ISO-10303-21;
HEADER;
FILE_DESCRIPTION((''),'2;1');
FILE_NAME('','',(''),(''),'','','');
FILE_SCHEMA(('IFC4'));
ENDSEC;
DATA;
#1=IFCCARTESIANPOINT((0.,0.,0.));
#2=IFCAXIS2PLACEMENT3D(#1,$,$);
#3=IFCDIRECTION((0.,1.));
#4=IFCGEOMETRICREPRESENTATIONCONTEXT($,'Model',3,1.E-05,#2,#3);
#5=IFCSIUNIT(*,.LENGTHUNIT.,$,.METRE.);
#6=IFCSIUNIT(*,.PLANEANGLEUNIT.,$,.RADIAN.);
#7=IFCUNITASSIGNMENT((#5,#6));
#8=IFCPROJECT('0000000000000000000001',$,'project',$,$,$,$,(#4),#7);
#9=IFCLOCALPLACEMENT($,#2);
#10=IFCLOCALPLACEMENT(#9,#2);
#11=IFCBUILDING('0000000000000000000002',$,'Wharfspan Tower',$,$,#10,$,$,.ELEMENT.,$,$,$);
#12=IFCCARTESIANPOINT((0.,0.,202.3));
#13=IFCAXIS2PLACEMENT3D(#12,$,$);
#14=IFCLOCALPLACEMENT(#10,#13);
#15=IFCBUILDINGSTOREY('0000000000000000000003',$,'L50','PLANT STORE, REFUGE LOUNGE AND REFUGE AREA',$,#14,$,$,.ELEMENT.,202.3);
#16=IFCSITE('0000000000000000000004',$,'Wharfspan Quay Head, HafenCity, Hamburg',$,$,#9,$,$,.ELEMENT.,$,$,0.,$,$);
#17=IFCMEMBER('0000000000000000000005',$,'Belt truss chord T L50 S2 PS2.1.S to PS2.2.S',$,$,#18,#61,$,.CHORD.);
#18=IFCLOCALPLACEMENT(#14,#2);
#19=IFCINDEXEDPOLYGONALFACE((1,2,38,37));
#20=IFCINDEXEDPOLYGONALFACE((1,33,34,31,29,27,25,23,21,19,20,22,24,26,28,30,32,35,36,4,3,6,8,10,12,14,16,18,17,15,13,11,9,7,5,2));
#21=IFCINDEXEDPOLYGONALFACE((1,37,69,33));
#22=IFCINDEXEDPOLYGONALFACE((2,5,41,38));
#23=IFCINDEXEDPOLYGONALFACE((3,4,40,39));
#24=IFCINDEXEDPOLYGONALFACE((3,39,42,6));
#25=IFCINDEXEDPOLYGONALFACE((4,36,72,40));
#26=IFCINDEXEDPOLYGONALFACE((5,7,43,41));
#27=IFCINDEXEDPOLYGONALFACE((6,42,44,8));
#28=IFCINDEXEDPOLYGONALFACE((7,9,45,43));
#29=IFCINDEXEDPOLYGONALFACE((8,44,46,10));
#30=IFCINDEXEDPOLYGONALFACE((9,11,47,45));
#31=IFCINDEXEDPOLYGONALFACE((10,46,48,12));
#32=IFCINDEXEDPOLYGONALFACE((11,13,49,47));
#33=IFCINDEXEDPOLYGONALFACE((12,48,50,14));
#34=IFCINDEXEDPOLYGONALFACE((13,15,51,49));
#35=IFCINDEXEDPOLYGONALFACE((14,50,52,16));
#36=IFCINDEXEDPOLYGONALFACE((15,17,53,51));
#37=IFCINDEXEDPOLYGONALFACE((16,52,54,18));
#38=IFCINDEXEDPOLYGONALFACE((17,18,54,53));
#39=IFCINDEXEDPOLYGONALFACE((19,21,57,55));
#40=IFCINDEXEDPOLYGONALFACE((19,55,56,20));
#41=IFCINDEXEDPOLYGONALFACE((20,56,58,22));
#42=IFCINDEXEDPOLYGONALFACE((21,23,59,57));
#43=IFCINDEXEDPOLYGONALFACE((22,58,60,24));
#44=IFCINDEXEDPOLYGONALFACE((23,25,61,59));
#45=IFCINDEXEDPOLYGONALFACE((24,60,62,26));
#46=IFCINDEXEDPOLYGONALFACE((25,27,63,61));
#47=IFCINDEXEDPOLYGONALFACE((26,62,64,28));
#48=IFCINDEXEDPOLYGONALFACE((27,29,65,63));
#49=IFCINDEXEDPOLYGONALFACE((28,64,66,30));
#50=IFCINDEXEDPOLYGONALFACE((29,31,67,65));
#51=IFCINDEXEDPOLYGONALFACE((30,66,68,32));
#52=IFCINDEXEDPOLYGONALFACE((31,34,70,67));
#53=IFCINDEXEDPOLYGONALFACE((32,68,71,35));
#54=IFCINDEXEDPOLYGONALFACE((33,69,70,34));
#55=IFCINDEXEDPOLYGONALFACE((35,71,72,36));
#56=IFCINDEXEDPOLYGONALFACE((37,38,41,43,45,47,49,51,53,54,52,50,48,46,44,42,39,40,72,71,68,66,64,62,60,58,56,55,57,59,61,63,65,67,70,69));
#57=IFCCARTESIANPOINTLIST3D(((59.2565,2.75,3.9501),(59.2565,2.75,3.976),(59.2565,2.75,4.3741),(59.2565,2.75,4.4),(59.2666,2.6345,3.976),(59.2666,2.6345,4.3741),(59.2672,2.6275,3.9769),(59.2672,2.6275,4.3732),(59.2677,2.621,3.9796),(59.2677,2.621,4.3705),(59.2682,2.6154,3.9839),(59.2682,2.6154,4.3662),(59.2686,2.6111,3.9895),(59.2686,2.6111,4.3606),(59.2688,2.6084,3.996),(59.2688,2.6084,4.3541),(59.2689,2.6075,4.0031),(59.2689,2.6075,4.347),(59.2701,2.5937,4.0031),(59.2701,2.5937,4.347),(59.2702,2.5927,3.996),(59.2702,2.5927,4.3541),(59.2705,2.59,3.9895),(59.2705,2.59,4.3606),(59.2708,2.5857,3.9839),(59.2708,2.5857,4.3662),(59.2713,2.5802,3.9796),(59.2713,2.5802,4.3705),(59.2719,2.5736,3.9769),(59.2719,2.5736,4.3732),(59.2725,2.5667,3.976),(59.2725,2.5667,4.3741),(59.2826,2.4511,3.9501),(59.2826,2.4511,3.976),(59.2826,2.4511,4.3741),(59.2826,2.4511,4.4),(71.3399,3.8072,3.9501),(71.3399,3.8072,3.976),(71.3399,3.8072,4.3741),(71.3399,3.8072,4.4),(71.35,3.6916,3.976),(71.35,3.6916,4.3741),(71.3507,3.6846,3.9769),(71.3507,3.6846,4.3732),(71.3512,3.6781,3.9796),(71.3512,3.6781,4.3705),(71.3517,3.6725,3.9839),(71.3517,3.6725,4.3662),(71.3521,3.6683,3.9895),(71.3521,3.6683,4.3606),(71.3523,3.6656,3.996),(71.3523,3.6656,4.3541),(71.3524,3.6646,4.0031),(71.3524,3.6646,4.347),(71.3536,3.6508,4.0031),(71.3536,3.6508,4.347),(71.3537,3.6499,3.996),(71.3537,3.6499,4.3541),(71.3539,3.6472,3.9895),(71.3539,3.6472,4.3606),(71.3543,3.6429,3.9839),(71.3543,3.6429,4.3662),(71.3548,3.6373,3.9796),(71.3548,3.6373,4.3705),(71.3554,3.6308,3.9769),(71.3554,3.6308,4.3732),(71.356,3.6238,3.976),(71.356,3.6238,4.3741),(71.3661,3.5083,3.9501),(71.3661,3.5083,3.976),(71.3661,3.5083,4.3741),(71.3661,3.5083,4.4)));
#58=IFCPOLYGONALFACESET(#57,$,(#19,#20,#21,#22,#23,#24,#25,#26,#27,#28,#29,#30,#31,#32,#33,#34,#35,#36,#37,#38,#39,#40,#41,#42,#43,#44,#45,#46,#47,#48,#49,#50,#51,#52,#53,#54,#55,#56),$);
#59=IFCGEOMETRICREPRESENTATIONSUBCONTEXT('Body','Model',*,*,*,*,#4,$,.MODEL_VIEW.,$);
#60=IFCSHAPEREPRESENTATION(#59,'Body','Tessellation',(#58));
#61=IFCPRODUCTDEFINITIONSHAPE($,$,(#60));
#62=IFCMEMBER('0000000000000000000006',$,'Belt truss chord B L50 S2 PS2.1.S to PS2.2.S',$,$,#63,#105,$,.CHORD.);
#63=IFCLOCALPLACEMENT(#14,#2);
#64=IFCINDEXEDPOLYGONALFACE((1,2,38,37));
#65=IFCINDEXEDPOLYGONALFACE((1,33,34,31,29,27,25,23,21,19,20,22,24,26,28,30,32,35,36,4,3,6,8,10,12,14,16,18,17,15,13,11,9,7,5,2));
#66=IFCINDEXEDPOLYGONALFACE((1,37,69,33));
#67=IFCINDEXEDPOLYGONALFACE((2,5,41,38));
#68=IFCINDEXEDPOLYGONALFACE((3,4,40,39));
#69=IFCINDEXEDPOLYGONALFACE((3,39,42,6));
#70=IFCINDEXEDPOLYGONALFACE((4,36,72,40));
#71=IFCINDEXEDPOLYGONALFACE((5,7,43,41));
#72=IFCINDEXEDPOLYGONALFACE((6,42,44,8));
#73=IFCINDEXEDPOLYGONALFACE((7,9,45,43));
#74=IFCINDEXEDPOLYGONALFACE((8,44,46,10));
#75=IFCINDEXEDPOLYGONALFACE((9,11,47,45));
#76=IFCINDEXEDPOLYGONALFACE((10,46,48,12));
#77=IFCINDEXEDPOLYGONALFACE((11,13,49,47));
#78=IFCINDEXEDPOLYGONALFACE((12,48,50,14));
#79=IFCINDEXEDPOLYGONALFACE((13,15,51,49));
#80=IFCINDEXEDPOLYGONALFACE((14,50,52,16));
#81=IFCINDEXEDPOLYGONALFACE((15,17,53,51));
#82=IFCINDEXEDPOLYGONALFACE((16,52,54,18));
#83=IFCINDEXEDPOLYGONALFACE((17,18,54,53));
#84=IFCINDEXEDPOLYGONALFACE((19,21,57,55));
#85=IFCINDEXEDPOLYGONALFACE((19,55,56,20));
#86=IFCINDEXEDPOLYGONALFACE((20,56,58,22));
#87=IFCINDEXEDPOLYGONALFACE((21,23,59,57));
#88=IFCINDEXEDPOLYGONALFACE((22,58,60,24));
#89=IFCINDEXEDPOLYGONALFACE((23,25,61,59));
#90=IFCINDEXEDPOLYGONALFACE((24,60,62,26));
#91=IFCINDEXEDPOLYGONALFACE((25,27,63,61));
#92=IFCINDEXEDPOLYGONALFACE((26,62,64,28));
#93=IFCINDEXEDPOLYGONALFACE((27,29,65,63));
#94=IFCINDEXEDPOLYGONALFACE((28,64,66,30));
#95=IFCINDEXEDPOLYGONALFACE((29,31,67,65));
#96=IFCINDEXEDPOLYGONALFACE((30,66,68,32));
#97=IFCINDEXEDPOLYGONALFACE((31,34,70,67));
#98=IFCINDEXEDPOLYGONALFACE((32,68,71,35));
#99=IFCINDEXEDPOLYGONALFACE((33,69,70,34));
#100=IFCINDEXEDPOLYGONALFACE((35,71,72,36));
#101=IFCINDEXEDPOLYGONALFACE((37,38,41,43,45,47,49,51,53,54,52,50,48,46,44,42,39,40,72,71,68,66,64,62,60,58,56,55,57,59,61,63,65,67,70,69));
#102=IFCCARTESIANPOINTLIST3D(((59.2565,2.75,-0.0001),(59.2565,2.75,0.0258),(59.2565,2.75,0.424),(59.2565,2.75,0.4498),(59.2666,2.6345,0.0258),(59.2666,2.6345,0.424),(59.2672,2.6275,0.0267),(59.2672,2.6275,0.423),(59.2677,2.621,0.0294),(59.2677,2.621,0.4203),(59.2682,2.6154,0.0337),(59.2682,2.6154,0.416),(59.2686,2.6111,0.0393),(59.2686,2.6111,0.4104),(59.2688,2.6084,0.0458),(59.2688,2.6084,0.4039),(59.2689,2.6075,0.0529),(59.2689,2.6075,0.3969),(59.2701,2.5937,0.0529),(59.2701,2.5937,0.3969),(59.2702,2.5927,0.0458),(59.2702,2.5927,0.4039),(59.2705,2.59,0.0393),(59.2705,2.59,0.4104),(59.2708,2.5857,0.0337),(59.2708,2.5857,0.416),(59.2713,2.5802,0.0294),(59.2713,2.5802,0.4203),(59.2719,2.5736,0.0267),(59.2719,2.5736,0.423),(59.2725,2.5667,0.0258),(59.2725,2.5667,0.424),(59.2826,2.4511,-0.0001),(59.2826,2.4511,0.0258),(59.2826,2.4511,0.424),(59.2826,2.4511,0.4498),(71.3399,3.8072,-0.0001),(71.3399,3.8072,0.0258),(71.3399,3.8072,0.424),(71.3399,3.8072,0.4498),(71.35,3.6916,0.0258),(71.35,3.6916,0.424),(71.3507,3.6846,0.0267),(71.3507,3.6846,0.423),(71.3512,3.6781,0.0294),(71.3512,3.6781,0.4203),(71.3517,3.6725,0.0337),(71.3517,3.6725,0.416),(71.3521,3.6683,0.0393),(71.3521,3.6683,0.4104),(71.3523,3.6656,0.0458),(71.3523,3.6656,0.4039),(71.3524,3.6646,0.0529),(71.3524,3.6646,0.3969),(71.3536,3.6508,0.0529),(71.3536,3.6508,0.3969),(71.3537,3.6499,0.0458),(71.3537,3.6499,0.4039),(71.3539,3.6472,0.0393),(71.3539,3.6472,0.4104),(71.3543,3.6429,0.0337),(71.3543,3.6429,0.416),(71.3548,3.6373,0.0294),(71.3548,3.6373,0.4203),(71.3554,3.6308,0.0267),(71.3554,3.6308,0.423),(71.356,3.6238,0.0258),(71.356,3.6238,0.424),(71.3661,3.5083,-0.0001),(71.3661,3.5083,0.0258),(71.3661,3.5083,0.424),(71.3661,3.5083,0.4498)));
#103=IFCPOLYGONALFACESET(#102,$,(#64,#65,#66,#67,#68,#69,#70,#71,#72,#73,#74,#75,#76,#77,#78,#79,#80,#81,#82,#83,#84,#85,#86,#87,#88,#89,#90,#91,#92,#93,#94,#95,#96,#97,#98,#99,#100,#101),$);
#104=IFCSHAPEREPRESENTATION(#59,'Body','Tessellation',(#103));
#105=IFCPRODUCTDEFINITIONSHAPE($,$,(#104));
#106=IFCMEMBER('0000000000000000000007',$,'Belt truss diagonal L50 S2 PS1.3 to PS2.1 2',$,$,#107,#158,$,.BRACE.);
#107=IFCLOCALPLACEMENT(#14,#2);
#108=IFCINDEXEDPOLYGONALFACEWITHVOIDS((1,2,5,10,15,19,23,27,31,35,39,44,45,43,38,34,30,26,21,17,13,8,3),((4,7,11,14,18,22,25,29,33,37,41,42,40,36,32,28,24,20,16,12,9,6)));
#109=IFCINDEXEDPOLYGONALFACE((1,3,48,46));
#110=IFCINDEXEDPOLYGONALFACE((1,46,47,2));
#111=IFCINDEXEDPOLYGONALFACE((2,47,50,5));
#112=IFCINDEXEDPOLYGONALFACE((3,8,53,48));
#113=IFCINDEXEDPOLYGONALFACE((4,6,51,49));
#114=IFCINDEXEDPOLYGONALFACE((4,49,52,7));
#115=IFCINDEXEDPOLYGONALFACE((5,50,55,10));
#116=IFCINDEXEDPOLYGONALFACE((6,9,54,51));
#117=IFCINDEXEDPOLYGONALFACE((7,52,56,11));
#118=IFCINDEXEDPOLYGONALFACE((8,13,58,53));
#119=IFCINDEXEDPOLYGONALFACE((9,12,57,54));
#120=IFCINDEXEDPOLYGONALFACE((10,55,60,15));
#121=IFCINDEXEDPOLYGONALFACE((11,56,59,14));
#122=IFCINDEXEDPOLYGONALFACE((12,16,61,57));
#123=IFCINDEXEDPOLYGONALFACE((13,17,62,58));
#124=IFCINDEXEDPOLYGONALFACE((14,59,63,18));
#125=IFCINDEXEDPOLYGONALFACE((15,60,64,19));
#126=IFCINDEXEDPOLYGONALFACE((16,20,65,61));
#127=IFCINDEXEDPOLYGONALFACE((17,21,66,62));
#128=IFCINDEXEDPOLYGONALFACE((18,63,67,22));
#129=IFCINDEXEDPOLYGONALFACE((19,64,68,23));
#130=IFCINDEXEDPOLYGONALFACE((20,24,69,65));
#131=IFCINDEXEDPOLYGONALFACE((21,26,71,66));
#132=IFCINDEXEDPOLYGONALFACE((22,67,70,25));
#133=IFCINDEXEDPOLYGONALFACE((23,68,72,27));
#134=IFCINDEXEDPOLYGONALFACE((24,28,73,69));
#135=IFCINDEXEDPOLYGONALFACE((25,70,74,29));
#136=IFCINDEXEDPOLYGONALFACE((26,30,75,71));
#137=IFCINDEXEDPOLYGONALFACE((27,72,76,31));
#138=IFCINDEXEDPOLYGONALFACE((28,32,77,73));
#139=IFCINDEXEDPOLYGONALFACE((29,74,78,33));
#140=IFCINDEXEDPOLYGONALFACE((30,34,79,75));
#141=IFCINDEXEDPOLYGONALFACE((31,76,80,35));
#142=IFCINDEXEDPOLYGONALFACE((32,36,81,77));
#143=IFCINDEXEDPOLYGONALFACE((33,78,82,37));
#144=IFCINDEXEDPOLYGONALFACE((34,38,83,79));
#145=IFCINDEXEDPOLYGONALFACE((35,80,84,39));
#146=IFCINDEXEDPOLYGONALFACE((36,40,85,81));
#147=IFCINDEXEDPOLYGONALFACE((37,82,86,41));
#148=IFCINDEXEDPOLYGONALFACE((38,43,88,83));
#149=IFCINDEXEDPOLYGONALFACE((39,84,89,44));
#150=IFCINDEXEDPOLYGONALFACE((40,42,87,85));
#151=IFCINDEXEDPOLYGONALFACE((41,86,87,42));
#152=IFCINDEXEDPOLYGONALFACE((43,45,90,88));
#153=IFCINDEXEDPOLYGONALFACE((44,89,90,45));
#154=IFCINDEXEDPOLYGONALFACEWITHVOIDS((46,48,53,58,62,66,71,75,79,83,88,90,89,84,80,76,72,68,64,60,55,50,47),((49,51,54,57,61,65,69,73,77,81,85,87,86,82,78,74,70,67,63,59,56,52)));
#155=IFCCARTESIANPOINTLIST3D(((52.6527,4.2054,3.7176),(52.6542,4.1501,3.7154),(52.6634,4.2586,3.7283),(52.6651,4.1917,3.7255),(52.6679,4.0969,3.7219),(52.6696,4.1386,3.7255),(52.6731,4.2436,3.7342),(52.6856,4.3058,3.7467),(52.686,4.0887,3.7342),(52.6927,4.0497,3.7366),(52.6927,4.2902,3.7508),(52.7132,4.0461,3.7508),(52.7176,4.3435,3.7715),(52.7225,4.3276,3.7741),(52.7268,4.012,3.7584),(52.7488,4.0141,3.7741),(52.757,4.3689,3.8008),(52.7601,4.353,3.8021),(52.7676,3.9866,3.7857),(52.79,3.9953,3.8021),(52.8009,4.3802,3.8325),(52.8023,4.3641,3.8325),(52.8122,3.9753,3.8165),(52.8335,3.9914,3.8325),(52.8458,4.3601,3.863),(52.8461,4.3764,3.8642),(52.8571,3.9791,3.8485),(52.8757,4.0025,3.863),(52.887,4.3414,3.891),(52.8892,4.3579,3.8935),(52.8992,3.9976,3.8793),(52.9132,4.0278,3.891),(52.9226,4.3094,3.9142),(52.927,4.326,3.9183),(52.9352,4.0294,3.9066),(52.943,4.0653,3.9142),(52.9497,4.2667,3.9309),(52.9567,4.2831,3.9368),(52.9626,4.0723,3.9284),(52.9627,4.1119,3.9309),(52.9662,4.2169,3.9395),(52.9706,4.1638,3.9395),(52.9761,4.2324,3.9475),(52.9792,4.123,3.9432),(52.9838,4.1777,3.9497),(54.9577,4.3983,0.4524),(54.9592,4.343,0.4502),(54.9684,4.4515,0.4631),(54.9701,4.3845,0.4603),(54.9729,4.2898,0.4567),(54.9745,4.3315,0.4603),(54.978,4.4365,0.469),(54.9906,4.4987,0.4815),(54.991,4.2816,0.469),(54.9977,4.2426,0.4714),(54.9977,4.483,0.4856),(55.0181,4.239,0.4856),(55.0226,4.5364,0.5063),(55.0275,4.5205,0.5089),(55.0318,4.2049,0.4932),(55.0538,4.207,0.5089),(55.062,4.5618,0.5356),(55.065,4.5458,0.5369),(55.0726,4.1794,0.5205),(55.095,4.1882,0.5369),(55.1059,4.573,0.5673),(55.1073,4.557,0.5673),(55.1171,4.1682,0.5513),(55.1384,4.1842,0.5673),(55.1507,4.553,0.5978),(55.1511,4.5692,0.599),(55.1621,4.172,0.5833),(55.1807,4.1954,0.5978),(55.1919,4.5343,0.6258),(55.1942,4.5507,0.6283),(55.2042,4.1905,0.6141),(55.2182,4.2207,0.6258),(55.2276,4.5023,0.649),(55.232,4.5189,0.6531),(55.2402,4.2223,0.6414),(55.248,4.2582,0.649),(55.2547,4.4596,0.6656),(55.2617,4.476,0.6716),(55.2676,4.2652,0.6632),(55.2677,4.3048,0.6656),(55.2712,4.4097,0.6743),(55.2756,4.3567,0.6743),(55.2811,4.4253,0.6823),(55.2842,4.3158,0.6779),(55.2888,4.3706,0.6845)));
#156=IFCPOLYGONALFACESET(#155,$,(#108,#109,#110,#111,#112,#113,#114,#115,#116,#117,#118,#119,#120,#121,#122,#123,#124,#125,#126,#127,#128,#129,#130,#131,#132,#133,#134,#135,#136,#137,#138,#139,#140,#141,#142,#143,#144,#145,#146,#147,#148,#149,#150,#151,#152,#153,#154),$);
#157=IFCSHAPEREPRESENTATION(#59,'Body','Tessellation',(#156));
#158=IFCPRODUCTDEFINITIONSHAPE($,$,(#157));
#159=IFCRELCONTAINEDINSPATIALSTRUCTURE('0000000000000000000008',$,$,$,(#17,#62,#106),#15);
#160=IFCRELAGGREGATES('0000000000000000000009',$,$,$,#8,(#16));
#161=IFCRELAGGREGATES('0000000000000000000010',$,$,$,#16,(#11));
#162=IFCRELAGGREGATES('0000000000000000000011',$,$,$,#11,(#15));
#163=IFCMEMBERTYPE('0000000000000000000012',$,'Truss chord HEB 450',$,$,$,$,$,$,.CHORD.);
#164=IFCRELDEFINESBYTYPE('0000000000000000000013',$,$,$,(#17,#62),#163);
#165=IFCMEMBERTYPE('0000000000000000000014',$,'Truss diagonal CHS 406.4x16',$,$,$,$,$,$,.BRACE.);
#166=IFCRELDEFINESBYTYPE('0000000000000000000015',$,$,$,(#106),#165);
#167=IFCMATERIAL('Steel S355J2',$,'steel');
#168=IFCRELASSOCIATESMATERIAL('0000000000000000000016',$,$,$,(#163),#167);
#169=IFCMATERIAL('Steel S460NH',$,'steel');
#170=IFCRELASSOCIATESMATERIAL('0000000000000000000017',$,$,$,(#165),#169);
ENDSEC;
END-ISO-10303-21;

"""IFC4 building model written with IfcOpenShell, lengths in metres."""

from ifc_helpers import new_model, si_unit, direction, frame, origin, origin_2d, place, context, subcontext, project, spatial, hollow_circle, i_section, extrude, material, material_profile, profile_set, type_object, element, save


model = new_model("IFC4")

# Units and contexts
model_context = context("Model", 3, precision=1e-05, world=origin(), true_north=direction((0.0, 1.0)))
body_context = subcontext(model_context, "Body", "Model", "MODEL_VIEW")
ifc_project = project(units=[si_unit("LENGTHUNIT", "METRE"), si_unit("PLANEANGLEUNIT", "RADIAN")], contexts=[model_context])

# Site, building, storey
site_placement = place(None, origin())
site = spatial("IfcSite", under=ifc_project, at=site_placement, Name="Wharfspan Quay Head, HafenCity, Hamburg", CompositionType="ELEMENT", RefElevation=0.0)
building_placement = place(site_placement, origin())
building = spatial("IfcBuilding", under=site, at=building_placement, Name="Wharfspan Tower", CompositionType="ELEMENT")
storey_placement = place(building_placement, frame((0.0, 0.0, 202.3)))
storey = spatial("IfcBuildingStorey", under=building, at=storey_placement, Name="L50", Description="PLANT STORE, REFUGE LOUNGE AND REFUGE AREA", CompositionType="ELEMENT", Elevation=202.3)

# Shared definitions
ifc_material_1 = material(Name="Steel S355J2", Category="steel")

# Members
ifc_material_profile_1 = material_profile(ifc_material_1, i_section(OverallWidth=0.3, OverallDepth=0.45, WebThickness=0.0139, FlangeThickness=0.0259, FilletRadius=0.0271, at=origin_2d()))
ifc_profile_set_1 = profile_set([ifc_material_profile_1], Name="Steel S355J2")
member_type_1 = type_object("IfcMemberType", Name="Truss chord HEB 450", PredefinedType="CHORD", material=ifc_profile_set_1)
for number, where, z_axis, x_axis, name in (
    (1, (59.2695, 2.6006, 4.175), (0.996195, 0.087152, 0.0), (-0.087152, 0.996195, 0.0), "Belt truss chord T L50 S2 PS2.1.S to PS2.2.S"),
    (2, (59.2695, 2.6006, 0.2249), (0.996195, 0.087152, 0.0), (-0.087152, 0.996195, 0.0), "Belt truss chord B L50 S2 PS2.1.S to PS2.2.S"),
):
    element("IfcMember", number, at=place(storey_placement, frame(where, z_axis=z_axis, x_axis=x_axis)), inside=storey, type_object=member_type_1, Name=name, PredefinedType="CHORD", context=body_context, shape_type="SweptSolid", body=[
        extrude(i_section(OverallWidth=0.3, OverallDepth=0.45, WebThickness=0.0139, FlangeThickness=0.0259, FilletRadius=0.0271, at=origin_2d()), origin(), (0.0, 0.0, 1.0), 12.1296),
    ])
ifc_material_2 = material(Name="Steel S460NH", Category="steel")
ifc_material_profile_2 = material_profile(ifc_material_2, hollow_circle(Radius=0.2031, WallThickness=0.0161, at=origin_2d()))
ifc_profile_set_2 = profile_set([ifc_material_profile_2], Name="Steel S460NH")
member_type_2 = type_object("IfcMemberType", Name="Truss diagonal CHS 406.4x16", PredefinedType="BRACE", material=ifc_profile_set_2)
for number, where, z_axis, x_axis, name in (
    (3, (52.8179, 4.1777, 3.8325), (0.576034, 0.048201, -0.816003), (-0.083382, 0.996521, 0.000003), "Belt truss diagonal L50 S2 PS1.3 to PS2.1 2"),
):
    element("IfcMember", number, at=place(storey_placement, frame(where, z_axis=z_axis, x_axis=x_axis)), inside=storey, type_object=member_type_2, Name=name, PredefinedType="BRACE", context=body_context, shape_type="SweptSolid", body=[
        extrude(hollow_circle(Radius=0.2031, WallThickness=0.0161, at=origin_2d()), origin(), (0.0, 0.0, 1.0), 4.0015),
    ])

save(model, "model.ifc")
